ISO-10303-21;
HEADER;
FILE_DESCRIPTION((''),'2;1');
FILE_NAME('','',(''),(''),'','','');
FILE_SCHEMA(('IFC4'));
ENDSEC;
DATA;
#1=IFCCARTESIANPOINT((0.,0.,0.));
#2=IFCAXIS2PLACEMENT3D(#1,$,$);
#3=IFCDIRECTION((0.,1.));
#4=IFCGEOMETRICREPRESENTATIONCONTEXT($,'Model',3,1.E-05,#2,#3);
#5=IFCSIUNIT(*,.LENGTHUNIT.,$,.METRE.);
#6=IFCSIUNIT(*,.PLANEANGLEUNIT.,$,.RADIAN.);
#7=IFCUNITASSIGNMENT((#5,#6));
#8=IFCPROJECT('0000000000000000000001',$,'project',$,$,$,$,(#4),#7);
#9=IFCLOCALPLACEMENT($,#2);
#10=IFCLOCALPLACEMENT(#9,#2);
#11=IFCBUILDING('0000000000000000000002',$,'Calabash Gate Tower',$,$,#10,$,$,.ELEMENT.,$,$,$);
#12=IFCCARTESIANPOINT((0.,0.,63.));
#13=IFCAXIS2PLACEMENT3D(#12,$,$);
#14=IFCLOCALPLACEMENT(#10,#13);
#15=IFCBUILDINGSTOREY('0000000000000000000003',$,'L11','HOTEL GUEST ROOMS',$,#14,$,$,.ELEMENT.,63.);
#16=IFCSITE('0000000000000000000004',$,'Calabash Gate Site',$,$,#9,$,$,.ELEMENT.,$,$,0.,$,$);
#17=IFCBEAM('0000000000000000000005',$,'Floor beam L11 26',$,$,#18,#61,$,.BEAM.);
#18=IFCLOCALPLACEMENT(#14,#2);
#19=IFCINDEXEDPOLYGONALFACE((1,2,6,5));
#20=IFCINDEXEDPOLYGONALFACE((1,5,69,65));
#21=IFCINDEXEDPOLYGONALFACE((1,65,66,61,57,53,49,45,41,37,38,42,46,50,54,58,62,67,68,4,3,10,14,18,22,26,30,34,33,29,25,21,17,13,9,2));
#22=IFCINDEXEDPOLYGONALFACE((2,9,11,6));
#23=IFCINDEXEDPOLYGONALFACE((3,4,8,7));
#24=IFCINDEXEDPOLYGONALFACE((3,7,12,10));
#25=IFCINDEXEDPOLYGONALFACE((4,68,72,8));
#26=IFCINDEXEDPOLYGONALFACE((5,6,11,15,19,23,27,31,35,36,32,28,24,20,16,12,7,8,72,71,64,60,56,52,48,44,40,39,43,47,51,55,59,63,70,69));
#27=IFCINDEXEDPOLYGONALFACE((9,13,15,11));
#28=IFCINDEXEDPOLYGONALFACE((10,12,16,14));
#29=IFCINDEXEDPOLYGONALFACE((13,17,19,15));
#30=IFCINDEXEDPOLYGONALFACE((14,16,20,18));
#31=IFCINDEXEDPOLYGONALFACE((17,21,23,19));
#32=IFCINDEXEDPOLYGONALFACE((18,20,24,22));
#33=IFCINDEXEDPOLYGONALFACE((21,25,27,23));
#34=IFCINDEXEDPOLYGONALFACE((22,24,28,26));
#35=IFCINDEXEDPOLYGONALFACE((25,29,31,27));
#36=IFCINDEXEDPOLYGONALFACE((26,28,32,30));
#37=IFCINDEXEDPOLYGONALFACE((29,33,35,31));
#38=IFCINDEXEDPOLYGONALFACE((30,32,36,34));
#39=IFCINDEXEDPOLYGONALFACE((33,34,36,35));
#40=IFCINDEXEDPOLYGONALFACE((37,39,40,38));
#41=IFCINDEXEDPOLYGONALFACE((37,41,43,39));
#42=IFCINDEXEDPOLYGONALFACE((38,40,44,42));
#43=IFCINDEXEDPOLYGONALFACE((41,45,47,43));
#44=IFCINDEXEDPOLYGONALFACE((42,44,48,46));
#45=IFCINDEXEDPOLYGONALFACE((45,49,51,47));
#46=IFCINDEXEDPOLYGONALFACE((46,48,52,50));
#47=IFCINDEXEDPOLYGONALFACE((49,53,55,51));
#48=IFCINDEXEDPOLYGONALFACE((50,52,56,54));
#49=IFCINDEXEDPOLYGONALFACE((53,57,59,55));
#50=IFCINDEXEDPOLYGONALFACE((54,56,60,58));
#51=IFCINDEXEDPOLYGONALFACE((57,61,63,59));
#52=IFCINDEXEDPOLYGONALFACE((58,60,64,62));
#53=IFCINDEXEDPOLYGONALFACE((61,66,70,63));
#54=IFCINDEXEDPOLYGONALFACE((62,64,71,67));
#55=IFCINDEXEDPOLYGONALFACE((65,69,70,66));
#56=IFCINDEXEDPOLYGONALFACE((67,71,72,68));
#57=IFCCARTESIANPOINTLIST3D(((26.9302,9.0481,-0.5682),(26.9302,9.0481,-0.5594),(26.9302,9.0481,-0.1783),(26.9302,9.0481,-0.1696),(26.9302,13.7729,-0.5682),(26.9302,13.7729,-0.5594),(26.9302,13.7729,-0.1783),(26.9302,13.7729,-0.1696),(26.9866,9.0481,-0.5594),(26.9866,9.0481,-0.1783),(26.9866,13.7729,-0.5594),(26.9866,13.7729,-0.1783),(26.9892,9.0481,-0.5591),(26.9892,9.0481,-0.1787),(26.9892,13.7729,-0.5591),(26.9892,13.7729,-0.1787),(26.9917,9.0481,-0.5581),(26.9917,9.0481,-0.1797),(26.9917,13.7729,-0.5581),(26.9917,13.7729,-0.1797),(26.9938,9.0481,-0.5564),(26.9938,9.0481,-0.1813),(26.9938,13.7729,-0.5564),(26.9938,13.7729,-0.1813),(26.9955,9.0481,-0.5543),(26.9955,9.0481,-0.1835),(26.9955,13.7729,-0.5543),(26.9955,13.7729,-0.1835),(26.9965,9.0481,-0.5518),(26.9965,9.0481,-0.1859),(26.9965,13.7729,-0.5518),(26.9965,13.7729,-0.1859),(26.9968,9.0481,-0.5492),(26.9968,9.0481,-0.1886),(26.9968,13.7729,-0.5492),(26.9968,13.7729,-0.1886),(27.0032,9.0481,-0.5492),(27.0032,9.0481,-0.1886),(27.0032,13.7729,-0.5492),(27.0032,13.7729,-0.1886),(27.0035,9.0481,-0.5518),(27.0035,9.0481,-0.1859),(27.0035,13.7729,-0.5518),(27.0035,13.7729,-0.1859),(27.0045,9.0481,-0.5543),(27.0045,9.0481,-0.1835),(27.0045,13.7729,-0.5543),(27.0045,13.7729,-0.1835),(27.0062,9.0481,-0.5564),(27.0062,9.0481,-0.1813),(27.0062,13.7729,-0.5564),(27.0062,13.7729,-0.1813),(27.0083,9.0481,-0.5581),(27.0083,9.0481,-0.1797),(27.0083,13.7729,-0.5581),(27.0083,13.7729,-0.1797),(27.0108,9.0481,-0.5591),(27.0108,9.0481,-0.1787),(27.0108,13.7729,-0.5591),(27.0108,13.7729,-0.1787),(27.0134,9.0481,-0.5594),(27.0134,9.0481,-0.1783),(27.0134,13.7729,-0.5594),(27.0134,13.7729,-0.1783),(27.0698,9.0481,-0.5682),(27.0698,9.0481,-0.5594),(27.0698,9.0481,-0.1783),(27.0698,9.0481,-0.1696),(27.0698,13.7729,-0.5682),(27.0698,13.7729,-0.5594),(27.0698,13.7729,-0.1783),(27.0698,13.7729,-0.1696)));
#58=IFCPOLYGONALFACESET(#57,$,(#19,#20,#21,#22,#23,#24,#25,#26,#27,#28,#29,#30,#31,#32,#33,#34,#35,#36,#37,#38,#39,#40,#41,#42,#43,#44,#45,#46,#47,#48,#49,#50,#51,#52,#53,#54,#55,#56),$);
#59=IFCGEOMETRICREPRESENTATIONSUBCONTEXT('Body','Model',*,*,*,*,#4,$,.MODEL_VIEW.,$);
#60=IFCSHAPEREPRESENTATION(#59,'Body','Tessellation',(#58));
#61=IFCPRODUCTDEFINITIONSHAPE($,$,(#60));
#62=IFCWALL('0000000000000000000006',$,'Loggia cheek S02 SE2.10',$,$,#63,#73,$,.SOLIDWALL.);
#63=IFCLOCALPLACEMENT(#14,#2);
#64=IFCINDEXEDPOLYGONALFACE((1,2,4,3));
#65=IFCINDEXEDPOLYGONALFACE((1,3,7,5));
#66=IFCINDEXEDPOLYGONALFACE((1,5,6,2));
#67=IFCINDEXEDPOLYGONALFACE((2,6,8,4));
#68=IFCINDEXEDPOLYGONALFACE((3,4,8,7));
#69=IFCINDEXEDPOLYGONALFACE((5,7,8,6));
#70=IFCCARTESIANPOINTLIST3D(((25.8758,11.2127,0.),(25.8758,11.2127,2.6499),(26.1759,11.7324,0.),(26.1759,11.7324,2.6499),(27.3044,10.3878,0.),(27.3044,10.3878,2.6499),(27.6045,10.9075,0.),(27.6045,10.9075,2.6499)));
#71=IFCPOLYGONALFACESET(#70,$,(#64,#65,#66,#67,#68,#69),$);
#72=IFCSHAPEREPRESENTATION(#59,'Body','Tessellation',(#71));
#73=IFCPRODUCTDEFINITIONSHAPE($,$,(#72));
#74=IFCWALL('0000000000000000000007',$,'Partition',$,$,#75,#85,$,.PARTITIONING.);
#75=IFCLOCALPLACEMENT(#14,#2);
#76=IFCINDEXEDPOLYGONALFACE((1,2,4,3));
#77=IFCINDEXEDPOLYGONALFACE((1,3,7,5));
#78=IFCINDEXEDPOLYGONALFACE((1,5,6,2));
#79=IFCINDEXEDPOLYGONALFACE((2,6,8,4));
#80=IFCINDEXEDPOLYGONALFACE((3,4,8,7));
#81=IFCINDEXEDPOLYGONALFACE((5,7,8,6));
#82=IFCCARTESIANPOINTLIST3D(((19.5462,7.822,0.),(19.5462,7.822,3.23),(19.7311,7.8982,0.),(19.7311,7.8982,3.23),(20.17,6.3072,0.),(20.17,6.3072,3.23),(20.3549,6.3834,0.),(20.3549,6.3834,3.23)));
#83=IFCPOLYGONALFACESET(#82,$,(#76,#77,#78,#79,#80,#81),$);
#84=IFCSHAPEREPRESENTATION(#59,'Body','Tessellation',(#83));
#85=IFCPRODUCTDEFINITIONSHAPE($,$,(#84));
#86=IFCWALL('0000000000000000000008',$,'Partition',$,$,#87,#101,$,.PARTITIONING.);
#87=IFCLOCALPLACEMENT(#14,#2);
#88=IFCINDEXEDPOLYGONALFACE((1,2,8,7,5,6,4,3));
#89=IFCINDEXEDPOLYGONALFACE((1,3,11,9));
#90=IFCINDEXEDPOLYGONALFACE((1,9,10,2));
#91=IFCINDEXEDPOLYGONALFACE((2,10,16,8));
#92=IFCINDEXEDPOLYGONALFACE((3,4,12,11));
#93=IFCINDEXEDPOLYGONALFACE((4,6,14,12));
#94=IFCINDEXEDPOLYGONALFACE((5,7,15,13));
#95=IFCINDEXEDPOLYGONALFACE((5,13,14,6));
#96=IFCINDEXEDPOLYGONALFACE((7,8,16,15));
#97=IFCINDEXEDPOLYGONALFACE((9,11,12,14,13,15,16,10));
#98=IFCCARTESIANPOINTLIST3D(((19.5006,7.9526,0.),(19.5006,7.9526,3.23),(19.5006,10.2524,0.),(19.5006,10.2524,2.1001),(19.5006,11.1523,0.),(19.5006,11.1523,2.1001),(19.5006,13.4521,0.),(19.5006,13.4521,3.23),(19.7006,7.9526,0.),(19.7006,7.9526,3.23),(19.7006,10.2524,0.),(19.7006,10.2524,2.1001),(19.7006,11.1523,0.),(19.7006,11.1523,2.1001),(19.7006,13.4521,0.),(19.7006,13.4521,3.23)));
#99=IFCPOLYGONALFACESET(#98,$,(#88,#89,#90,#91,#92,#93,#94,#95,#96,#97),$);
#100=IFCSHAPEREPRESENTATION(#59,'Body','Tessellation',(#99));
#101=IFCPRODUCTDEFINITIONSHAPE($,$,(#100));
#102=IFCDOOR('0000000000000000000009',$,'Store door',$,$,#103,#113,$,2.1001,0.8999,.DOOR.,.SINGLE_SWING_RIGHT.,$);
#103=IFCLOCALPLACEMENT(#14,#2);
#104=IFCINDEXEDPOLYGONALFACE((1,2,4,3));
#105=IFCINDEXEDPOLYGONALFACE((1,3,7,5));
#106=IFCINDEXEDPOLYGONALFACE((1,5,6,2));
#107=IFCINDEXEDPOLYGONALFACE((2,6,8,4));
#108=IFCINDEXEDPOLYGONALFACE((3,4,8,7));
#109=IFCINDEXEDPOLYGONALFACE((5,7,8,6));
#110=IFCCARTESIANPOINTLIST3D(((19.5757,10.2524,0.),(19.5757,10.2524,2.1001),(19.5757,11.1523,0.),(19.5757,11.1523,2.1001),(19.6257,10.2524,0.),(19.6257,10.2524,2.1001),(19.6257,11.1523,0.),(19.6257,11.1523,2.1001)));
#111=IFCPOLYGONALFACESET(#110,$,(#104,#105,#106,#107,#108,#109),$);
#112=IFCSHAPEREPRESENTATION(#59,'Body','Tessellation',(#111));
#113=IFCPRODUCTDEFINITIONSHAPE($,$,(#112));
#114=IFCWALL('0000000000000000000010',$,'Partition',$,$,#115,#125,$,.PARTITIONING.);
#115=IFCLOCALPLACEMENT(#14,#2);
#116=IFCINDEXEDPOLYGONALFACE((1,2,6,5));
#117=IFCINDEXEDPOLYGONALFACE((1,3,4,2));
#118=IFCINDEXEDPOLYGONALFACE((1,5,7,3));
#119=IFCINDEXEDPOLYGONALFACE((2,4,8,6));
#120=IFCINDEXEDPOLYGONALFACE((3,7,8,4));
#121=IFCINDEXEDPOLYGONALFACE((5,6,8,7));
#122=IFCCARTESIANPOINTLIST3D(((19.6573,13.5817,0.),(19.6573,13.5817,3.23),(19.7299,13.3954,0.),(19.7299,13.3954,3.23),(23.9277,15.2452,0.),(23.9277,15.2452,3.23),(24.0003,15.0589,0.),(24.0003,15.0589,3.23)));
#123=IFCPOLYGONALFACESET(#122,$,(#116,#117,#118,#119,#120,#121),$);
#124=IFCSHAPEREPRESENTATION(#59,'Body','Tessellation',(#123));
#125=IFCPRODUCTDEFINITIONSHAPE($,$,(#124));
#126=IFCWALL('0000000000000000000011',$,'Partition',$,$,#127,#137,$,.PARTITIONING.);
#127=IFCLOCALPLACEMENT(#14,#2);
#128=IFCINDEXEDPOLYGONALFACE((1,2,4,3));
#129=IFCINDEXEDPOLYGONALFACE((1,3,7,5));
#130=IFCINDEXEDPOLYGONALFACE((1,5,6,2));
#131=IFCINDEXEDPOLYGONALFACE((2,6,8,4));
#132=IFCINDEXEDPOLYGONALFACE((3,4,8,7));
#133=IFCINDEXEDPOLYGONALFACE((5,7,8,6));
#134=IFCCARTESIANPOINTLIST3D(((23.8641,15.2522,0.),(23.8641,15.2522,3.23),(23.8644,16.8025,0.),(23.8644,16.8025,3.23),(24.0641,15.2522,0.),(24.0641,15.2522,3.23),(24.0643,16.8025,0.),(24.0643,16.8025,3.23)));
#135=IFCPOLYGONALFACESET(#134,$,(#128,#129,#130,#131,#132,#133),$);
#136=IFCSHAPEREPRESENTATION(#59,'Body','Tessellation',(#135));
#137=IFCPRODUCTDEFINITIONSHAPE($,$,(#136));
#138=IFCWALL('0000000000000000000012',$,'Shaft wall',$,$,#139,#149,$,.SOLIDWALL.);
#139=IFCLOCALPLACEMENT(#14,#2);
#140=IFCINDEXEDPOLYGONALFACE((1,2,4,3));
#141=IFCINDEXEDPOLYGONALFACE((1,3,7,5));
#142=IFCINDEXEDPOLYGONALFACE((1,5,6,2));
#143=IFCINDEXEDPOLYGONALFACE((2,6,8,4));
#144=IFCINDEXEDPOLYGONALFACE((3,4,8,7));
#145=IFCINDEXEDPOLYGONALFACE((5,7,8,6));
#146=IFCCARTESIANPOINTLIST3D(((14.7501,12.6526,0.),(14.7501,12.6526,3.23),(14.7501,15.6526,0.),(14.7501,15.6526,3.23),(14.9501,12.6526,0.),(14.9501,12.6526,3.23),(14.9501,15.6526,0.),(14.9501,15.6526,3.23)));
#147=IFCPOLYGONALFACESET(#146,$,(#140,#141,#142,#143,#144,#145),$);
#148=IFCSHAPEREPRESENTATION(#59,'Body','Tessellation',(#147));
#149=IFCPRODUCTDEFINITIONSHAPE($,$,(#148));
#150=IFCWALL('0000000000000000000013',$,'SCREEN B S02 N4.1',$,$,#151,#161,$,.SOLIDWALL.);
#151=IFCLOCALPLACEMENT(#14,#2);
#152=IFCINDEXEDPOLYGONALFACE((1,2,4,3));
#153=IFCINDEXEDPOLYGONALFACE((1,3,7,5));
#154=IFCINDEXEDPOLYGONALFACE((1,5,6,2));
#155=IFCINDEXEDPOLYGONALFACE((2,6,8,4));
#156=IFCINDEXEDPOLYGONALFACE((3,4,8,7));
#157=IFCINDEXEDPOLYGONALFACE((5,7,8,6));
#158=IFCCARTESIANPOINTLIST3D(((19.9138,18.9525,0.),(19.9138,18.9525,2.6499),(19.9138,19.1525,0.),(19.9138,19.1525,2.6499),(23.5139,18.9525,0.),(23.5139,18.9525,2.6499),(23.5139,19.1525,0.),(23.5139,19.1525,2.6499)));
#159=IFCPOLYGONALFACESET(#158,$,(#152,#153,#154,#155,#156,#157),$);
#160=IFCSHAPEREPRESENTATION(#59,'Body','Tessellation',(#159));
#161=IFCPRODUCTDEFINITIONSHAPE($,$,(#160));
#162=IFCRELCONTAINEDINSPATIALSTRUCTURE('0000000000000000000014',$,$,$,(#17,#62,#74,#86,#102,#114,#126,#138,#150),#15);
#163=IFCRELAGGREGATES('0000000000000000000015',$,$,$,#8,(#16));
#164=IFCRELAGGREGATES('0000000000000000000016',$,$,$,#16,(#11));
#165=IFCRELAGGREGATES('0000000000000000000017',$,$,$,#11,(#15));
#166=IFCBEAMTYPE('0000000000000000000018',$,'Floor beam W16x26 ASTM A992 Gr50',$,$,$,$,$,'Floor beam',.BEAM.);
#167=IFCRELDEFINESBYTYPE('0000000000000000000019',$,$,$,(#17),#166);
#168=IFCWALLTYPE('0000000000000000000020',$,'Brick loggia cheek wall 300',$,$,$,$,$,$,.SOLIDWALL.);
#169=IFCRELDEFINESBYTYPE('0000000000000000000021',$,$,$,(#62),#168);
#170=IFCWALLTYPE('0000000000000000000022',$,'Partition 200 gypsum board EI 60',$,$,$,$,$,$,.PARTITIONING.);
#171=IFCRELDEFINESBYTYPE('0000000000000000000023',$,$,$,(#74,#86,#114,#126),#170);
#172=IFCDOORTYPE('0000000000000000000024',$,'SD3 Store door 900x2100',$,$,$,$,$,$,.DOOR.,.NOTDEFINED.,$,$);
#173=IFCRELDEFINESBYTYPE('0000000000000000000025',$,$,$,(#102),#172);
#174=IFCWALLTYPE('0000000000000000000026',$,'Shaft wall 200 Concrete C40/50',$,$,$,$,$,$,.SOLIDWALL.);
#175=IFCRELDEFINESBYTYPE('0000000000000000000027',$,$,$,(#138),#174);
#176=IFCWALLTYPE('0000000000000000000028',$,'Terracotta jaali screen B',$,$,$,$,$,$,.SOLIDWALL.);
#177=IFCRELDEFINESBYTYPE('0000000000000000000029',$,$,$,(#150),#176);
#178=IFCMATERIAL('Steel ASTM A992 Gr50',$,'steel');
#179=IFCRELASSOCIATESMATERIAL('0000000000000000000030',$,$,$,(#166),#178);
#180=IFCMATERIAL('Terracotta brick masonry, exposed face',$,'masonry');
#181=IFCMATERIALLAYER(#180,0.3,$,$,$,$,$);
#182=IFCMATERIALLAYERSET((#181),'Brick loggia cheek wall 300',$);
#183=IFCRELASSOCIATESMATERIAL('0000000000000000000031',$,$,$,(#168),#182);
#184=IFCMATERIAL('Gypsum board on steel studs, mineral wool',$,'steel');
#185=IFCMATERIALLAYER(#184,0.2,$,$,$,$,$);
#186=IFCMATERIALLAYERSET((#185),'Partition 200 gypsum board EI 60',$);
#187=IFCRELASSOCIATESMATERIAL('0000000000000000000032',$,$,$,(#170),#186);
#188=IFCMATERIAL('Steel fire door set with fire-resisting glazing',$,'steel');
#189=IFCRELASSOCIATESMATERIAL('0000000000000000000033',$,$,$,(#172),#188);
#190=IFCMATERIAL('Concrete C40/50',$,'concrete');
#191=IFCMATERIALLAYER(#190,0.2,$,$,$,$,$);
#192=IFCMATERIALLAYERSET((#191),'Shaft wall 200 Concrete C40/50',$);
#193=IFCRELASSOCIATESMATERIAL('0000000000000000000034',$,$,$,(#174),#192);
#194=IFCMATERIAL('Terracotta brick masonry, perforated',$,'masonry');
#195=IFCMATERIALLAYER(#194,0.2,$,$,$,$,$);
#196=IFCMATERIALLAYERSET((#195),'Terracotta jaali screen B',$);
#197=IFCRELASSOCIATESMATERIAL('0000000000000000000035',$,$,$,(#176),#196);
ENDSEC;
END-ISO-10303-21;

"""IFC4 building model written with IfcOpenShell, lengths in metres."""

from ifc_helpers import new_model, si_unit, direction, frame, frame_2d, origin, origin_2d, place, context, subcontext, project, spatial, rectangle, i_section, extrude, material, layer, layer_set, material_profile, profile_set, type_object, element, fill, save


model = new_model("IFC4")

# Units and contexts
model_context = context("Model", 3, precision=1e-05, world=origin(), true_north=direction((0.0, 1.0)))
body_context = subcontext(model_context, "Body", "Model", "MODEL_VIEW")
ifc_project = project(units=[si_unit("LENGTHUNIT", "METRE"), si_unit("PLANEANGLEUNIT", "RADIAN")], contexts=[model_context])

# Site, building, storey
site_placement = place(None, origin())
site = spatial("IfcSite", under=ifc_project, at=site_placement, Name="Calabash Gate Site", CompositionType="ELEMENT", RefElevation=0.0)
building_placement = place(site_placement, origin())
building = spatial("IfcBuilding", under=site, at=building_placement, Name="Calabash Gate Tower", CompositionType="ELEMENT")
storey_placement = place(building_placement, frame((0.0, 0.0, 63.0)))
storey = spatial("IfcBuildingStorey", under=building, at=storey_placement, Name="L11", Description="HOTEL GUEST ROOMS", CompositionType="ELEMENT", Elevation=63.0)

# Beam
ifc_material_1 = material(Name="Steel ASTM A992 Gr50", Category="steel")
ifc_material_profile_1 = material_profile(ifc_material_1, i_section(OverallWidth=0.1396, OverallDepth=0.3987, WebThickness=0.0063, FlangeThickness=0.0088, FilletRadius=0.0103, at=origin_2d()))
ifc_profile_set_1 = profile_set([ifc_material_profile_1], Name="Steel ASTM A992 Gr50")
beam_type_1 = type_object("IfcBeamType", Name="Floor beam W16x26 ASTM A992 Gr50", ElementType="Floor beam", PredefinedType="BEAM", material=ifc_profile_set_1)
beam_1_placement = place(storey_placement, frame((27.0, 9.0481, -0.3689), z_axis=(0.0, 1.0, 0.0), x_axis=(-1.0, 0.0, 0.0)))
element("IfcBeam", 1, at=beam_1_placement, inside=storey, type_object=beam_type_1, Name="Floor beam L11 26", PredefinedType="BEAM", context=body_context, shape_type="SweptSolid", body=[
    extrude(i_section(OverallWidth=0.1396, OverallDepth=0.3987, WebThickness=0.0063, FlangeThickness=0.0088, FilletRadius=0.0103, at=origin_2d()), origin(), (0.0, 0.0, 1.0), 4.7249),
])

# Walls
ifc_material_2 = material(Name="Terracotta brick masonry, exposed face", Category="masonry")
ifc_layer_1 = layer(ifc_material_2, 0.3)
ifc_layer_set_1 = layer_set([ifc_layer_1], Name="Brick loggia cheek wall 300")
wall_type_1 = type_object("IfcWallType", Name="Brick loggia cheek wall 300", PredefinedType="SOLIDWALL", material=ifc_layer_set_1)
wall_1_placement = place(storey_placement, frame((27.4543, 10.6477, 0.0), z_axis=(0.0, 0.0, 1.0), x_axis=(-0.866003, 0.500038, 0.0)))
element("IfcWall", 2, at=wall_1_placement, inside=storey, type_object=wall_type_1, Name="Loggia cheek S02 SE2.10", PredefinedType="SOLIDWALL", context=body_context, shape_type="SweptSolid", body=[
    extrude(rectangle(XDim=1.6497, YDim=0.6001, at=frame_2d((0.8247, 0.0))), origin(), (0.0, 0.0, 1.0), 2.6499),
])
ifc_material_3 = material(Name="Gypsum board on steel studs, mineral wool", Category="steel")
ifc_layer_2 = layer(ifc_material_3, 0.2)
ifc_layer_set_2 = layer_set([ifc_layer_2], Name="Partition 200 gypsum board EI 60")
wall_type_2 = type_object("IfcWallType", Name="Partition 200 gypsum board EI 60", PredefinedType="PARTITIONING", material=ifc_layer_set_2)
wall_2_placement = place(storey_placement, frame((19.6387, 7.8601, 0.0), z_axis=(0.0, 0.0, 1.0), x_axis=(0.38075, -0.924678, 0.0)))
element("IfcWall", 3, at=wall_2_placement, inside=storey, type_object=wall_type_2, Name="Partition", PredefinedType="PARTITIONING", context=body_context, shape_type="SweptSolid", body=[
    extrude(rectangle(XDim=1.6382, YDim=0.2, at=frame_2d((0.8191, 0.0))), origin(), (0.0, 0.0, 1.0), 3.23),
])

# Wall, opening, door
wall_3_placement = place(storey_placement, frame((19.6006, 7.9526, 0.0), z_axis=(0.0, 0.0, 1.0), x_axis=(0.0, 1.0, 0.0)))
wall_3 = element("IfcWall", 4, at=wall_3_placement, inside=storey, type_object=wall_type_2, Name="Partition", PredefinedType="PARTITIONING", context=body_context, shape_type="SweptSolid", body=[
    extrude(rectangle(XDim=5.4995, YDim=0.2, at=frame_2d((2.7498, 0.0))), origin(), (0.0, 0.0, 1.0), 3.23),
])
opening_1_placement = place(wall_3_placement, frame((2.2998, 0.0, 0.0)))
opening_1 = element("IfcOpeningElement", 5, at=opening_1_placement, cuts=wall_3, PredefinedType="OPENING", context=body_context, shape_type="SweptSolid", body=[
    extrude(rectangle(XDim=0.8999, YDim=2.1001, at=frame_2d((0.45, 1.05))), frame((0.0, 0.1099, 0.0), z_axis=(0.0, -1.0, 0.0), x_axis=(1.0, 0.0, 0.0)), (0.0, 0.0, 1.0), 0.22),
])
ifc_material_4 = material(Name="Steel fire door set with fire-resisting glazing", Category="steel")
door_type_1 = type_object("IfcDoorType", Name="SD3 Store door 900x2100", OperationType="NOTDEFINED", PredefinedType="DOOR", material=ifc_material_4)
door_1_placement = place(opening_1_placement, origin())
door_1 = element("IfcDoor", 6, at=door_1_placement, inside=storey, type_object=door_type_1, Name="Store door", OperationType="SINGLE_SWING_RIGHT", OverallHeight=2.1001, OverallWidth=0.8999, PredefinedType="DOOR", context=body_context, shape_type="SweptSolid", body=[
    extrude(rectangle(XDim=0.8999, YDim=2.1001, at=frame_2d((0.45, 1.05))), frame((0.0, 0.0249, 0.0), z_axis=(0.0, -1.0, 0.0), x_axis=(1.0, 0.0, 0.0)), (0.0, 0.0, 1.0), 0.05),
])
fill(opening_1, door_1)

# Walls
wall_4_placement = place(storey_placement, frame((19.6936, 13.4885, 0.0), z_axis=(0.0, 0.0, 1.0), x_axis=(0.931797, 0.362981, 0.0)))
element("IfcWall", 7, at=wall_4_placement, inside=storey, type_object=wall_type_2, Name="Partition", PredefinedType="PARTITIONING", context=body_context, shape_type="SweptSolid", body=[
    extrude(rectangle(XDim=4.583, YDim=0.2, at=frame_2d((2.2915, 0.0))), origin(), (0.0, 0.0, 1.0), 3.23),
])
wall_5_placement = place(storey_placement, frame((23.9641, 15.2522, 0.0), z_axis=(0.0, 0.0, 1.0), x_axis=(0.000157, 1.0, 0.0)))
element("IfcWall", 8, at=wall_5_placement, inside=storey, type_object=wall_type_2, Name="Partition", PredefinedType="PARTITIONING", context=body_context, shape_type="SweptSolid", body=[
    extrude(rectangle(XDim=1.5503, YDim=0.2, at=frame_2d((0.7751, 0.0))), origin(), (0.0, 0.0, 1.0), 3.23),
])
ifc_material_5 = material(Name="Concrete C40/50", Category="concrete")
ifc_layer_3 = layer(ifc_material_5, 0.2)
ifc_layer_set_3 = layer_set([ifc_layer_3], Name="Shaft wall 200 Concrete C40/50")
wall_type_3 = type_object("IfcWallType", Name="Shaft wall 200 Concrete C40/50", PredefinedType="SOLIDWALL", material=ifc_layer_set_3)
wall_6_placement = place(storey_placement, frame((14.8501, 12.6526, 0.0), z_axis=(0.0, 0.0, 1.0), x_axis=(0.0, 1.0, 0.0)))
element("IfcWall", 9, at=wall_6_placement, inside=storey, type_object=wall_type_3, Name="Shaft wall", PredefinedType="SOLIDWALL", context=body_context, shape_type="SweptSolid", body=[
    extrude(rectangle(XDim=3.0, YDim=0.2, at=frame_2d((1.5, 0.0))), origin(), (0.0, 0.0, 1.0), 3.23),
])
ifc_material_6 = material(Name="Terracotta brick masonry, perforated", Category="masonry")
ifc_layer_4 = layer(ifc_material_6, 0.2)
ifc_layer_set_4 = layer_set([ifc_layer_4], Name="Terracotta jaali screen B")
wall_type_4 = type_object("IfcWallType", Name="Terracotta jaali screen B", PredefinedType="SOLIDWALL", material=ifc_layer_set_4)
wall_7_placement = place(storey_placement, frame((23.5139, 19.0525, 0.0), z_axis=(0.0, 0.0, 1.0), x_axis=(-1.0, 0.0, 0.0)))
element("IfcWall", 10, at=wall_7_placement, inside=storey, type_object=wall_type_4, Name="SCREEN B S02 N4.1", PredefinedType="SOLIDWALL", context=body_context, shape_type="SweptSolid", body=[
    extrude(rectangle(XDim=3.6001, YDim=0.2, at=frame_2d((1.8, 0.0))), origin(), (0.0, 0.0, 1.0), 2.6499),
])

save(model, "model.ifc")
